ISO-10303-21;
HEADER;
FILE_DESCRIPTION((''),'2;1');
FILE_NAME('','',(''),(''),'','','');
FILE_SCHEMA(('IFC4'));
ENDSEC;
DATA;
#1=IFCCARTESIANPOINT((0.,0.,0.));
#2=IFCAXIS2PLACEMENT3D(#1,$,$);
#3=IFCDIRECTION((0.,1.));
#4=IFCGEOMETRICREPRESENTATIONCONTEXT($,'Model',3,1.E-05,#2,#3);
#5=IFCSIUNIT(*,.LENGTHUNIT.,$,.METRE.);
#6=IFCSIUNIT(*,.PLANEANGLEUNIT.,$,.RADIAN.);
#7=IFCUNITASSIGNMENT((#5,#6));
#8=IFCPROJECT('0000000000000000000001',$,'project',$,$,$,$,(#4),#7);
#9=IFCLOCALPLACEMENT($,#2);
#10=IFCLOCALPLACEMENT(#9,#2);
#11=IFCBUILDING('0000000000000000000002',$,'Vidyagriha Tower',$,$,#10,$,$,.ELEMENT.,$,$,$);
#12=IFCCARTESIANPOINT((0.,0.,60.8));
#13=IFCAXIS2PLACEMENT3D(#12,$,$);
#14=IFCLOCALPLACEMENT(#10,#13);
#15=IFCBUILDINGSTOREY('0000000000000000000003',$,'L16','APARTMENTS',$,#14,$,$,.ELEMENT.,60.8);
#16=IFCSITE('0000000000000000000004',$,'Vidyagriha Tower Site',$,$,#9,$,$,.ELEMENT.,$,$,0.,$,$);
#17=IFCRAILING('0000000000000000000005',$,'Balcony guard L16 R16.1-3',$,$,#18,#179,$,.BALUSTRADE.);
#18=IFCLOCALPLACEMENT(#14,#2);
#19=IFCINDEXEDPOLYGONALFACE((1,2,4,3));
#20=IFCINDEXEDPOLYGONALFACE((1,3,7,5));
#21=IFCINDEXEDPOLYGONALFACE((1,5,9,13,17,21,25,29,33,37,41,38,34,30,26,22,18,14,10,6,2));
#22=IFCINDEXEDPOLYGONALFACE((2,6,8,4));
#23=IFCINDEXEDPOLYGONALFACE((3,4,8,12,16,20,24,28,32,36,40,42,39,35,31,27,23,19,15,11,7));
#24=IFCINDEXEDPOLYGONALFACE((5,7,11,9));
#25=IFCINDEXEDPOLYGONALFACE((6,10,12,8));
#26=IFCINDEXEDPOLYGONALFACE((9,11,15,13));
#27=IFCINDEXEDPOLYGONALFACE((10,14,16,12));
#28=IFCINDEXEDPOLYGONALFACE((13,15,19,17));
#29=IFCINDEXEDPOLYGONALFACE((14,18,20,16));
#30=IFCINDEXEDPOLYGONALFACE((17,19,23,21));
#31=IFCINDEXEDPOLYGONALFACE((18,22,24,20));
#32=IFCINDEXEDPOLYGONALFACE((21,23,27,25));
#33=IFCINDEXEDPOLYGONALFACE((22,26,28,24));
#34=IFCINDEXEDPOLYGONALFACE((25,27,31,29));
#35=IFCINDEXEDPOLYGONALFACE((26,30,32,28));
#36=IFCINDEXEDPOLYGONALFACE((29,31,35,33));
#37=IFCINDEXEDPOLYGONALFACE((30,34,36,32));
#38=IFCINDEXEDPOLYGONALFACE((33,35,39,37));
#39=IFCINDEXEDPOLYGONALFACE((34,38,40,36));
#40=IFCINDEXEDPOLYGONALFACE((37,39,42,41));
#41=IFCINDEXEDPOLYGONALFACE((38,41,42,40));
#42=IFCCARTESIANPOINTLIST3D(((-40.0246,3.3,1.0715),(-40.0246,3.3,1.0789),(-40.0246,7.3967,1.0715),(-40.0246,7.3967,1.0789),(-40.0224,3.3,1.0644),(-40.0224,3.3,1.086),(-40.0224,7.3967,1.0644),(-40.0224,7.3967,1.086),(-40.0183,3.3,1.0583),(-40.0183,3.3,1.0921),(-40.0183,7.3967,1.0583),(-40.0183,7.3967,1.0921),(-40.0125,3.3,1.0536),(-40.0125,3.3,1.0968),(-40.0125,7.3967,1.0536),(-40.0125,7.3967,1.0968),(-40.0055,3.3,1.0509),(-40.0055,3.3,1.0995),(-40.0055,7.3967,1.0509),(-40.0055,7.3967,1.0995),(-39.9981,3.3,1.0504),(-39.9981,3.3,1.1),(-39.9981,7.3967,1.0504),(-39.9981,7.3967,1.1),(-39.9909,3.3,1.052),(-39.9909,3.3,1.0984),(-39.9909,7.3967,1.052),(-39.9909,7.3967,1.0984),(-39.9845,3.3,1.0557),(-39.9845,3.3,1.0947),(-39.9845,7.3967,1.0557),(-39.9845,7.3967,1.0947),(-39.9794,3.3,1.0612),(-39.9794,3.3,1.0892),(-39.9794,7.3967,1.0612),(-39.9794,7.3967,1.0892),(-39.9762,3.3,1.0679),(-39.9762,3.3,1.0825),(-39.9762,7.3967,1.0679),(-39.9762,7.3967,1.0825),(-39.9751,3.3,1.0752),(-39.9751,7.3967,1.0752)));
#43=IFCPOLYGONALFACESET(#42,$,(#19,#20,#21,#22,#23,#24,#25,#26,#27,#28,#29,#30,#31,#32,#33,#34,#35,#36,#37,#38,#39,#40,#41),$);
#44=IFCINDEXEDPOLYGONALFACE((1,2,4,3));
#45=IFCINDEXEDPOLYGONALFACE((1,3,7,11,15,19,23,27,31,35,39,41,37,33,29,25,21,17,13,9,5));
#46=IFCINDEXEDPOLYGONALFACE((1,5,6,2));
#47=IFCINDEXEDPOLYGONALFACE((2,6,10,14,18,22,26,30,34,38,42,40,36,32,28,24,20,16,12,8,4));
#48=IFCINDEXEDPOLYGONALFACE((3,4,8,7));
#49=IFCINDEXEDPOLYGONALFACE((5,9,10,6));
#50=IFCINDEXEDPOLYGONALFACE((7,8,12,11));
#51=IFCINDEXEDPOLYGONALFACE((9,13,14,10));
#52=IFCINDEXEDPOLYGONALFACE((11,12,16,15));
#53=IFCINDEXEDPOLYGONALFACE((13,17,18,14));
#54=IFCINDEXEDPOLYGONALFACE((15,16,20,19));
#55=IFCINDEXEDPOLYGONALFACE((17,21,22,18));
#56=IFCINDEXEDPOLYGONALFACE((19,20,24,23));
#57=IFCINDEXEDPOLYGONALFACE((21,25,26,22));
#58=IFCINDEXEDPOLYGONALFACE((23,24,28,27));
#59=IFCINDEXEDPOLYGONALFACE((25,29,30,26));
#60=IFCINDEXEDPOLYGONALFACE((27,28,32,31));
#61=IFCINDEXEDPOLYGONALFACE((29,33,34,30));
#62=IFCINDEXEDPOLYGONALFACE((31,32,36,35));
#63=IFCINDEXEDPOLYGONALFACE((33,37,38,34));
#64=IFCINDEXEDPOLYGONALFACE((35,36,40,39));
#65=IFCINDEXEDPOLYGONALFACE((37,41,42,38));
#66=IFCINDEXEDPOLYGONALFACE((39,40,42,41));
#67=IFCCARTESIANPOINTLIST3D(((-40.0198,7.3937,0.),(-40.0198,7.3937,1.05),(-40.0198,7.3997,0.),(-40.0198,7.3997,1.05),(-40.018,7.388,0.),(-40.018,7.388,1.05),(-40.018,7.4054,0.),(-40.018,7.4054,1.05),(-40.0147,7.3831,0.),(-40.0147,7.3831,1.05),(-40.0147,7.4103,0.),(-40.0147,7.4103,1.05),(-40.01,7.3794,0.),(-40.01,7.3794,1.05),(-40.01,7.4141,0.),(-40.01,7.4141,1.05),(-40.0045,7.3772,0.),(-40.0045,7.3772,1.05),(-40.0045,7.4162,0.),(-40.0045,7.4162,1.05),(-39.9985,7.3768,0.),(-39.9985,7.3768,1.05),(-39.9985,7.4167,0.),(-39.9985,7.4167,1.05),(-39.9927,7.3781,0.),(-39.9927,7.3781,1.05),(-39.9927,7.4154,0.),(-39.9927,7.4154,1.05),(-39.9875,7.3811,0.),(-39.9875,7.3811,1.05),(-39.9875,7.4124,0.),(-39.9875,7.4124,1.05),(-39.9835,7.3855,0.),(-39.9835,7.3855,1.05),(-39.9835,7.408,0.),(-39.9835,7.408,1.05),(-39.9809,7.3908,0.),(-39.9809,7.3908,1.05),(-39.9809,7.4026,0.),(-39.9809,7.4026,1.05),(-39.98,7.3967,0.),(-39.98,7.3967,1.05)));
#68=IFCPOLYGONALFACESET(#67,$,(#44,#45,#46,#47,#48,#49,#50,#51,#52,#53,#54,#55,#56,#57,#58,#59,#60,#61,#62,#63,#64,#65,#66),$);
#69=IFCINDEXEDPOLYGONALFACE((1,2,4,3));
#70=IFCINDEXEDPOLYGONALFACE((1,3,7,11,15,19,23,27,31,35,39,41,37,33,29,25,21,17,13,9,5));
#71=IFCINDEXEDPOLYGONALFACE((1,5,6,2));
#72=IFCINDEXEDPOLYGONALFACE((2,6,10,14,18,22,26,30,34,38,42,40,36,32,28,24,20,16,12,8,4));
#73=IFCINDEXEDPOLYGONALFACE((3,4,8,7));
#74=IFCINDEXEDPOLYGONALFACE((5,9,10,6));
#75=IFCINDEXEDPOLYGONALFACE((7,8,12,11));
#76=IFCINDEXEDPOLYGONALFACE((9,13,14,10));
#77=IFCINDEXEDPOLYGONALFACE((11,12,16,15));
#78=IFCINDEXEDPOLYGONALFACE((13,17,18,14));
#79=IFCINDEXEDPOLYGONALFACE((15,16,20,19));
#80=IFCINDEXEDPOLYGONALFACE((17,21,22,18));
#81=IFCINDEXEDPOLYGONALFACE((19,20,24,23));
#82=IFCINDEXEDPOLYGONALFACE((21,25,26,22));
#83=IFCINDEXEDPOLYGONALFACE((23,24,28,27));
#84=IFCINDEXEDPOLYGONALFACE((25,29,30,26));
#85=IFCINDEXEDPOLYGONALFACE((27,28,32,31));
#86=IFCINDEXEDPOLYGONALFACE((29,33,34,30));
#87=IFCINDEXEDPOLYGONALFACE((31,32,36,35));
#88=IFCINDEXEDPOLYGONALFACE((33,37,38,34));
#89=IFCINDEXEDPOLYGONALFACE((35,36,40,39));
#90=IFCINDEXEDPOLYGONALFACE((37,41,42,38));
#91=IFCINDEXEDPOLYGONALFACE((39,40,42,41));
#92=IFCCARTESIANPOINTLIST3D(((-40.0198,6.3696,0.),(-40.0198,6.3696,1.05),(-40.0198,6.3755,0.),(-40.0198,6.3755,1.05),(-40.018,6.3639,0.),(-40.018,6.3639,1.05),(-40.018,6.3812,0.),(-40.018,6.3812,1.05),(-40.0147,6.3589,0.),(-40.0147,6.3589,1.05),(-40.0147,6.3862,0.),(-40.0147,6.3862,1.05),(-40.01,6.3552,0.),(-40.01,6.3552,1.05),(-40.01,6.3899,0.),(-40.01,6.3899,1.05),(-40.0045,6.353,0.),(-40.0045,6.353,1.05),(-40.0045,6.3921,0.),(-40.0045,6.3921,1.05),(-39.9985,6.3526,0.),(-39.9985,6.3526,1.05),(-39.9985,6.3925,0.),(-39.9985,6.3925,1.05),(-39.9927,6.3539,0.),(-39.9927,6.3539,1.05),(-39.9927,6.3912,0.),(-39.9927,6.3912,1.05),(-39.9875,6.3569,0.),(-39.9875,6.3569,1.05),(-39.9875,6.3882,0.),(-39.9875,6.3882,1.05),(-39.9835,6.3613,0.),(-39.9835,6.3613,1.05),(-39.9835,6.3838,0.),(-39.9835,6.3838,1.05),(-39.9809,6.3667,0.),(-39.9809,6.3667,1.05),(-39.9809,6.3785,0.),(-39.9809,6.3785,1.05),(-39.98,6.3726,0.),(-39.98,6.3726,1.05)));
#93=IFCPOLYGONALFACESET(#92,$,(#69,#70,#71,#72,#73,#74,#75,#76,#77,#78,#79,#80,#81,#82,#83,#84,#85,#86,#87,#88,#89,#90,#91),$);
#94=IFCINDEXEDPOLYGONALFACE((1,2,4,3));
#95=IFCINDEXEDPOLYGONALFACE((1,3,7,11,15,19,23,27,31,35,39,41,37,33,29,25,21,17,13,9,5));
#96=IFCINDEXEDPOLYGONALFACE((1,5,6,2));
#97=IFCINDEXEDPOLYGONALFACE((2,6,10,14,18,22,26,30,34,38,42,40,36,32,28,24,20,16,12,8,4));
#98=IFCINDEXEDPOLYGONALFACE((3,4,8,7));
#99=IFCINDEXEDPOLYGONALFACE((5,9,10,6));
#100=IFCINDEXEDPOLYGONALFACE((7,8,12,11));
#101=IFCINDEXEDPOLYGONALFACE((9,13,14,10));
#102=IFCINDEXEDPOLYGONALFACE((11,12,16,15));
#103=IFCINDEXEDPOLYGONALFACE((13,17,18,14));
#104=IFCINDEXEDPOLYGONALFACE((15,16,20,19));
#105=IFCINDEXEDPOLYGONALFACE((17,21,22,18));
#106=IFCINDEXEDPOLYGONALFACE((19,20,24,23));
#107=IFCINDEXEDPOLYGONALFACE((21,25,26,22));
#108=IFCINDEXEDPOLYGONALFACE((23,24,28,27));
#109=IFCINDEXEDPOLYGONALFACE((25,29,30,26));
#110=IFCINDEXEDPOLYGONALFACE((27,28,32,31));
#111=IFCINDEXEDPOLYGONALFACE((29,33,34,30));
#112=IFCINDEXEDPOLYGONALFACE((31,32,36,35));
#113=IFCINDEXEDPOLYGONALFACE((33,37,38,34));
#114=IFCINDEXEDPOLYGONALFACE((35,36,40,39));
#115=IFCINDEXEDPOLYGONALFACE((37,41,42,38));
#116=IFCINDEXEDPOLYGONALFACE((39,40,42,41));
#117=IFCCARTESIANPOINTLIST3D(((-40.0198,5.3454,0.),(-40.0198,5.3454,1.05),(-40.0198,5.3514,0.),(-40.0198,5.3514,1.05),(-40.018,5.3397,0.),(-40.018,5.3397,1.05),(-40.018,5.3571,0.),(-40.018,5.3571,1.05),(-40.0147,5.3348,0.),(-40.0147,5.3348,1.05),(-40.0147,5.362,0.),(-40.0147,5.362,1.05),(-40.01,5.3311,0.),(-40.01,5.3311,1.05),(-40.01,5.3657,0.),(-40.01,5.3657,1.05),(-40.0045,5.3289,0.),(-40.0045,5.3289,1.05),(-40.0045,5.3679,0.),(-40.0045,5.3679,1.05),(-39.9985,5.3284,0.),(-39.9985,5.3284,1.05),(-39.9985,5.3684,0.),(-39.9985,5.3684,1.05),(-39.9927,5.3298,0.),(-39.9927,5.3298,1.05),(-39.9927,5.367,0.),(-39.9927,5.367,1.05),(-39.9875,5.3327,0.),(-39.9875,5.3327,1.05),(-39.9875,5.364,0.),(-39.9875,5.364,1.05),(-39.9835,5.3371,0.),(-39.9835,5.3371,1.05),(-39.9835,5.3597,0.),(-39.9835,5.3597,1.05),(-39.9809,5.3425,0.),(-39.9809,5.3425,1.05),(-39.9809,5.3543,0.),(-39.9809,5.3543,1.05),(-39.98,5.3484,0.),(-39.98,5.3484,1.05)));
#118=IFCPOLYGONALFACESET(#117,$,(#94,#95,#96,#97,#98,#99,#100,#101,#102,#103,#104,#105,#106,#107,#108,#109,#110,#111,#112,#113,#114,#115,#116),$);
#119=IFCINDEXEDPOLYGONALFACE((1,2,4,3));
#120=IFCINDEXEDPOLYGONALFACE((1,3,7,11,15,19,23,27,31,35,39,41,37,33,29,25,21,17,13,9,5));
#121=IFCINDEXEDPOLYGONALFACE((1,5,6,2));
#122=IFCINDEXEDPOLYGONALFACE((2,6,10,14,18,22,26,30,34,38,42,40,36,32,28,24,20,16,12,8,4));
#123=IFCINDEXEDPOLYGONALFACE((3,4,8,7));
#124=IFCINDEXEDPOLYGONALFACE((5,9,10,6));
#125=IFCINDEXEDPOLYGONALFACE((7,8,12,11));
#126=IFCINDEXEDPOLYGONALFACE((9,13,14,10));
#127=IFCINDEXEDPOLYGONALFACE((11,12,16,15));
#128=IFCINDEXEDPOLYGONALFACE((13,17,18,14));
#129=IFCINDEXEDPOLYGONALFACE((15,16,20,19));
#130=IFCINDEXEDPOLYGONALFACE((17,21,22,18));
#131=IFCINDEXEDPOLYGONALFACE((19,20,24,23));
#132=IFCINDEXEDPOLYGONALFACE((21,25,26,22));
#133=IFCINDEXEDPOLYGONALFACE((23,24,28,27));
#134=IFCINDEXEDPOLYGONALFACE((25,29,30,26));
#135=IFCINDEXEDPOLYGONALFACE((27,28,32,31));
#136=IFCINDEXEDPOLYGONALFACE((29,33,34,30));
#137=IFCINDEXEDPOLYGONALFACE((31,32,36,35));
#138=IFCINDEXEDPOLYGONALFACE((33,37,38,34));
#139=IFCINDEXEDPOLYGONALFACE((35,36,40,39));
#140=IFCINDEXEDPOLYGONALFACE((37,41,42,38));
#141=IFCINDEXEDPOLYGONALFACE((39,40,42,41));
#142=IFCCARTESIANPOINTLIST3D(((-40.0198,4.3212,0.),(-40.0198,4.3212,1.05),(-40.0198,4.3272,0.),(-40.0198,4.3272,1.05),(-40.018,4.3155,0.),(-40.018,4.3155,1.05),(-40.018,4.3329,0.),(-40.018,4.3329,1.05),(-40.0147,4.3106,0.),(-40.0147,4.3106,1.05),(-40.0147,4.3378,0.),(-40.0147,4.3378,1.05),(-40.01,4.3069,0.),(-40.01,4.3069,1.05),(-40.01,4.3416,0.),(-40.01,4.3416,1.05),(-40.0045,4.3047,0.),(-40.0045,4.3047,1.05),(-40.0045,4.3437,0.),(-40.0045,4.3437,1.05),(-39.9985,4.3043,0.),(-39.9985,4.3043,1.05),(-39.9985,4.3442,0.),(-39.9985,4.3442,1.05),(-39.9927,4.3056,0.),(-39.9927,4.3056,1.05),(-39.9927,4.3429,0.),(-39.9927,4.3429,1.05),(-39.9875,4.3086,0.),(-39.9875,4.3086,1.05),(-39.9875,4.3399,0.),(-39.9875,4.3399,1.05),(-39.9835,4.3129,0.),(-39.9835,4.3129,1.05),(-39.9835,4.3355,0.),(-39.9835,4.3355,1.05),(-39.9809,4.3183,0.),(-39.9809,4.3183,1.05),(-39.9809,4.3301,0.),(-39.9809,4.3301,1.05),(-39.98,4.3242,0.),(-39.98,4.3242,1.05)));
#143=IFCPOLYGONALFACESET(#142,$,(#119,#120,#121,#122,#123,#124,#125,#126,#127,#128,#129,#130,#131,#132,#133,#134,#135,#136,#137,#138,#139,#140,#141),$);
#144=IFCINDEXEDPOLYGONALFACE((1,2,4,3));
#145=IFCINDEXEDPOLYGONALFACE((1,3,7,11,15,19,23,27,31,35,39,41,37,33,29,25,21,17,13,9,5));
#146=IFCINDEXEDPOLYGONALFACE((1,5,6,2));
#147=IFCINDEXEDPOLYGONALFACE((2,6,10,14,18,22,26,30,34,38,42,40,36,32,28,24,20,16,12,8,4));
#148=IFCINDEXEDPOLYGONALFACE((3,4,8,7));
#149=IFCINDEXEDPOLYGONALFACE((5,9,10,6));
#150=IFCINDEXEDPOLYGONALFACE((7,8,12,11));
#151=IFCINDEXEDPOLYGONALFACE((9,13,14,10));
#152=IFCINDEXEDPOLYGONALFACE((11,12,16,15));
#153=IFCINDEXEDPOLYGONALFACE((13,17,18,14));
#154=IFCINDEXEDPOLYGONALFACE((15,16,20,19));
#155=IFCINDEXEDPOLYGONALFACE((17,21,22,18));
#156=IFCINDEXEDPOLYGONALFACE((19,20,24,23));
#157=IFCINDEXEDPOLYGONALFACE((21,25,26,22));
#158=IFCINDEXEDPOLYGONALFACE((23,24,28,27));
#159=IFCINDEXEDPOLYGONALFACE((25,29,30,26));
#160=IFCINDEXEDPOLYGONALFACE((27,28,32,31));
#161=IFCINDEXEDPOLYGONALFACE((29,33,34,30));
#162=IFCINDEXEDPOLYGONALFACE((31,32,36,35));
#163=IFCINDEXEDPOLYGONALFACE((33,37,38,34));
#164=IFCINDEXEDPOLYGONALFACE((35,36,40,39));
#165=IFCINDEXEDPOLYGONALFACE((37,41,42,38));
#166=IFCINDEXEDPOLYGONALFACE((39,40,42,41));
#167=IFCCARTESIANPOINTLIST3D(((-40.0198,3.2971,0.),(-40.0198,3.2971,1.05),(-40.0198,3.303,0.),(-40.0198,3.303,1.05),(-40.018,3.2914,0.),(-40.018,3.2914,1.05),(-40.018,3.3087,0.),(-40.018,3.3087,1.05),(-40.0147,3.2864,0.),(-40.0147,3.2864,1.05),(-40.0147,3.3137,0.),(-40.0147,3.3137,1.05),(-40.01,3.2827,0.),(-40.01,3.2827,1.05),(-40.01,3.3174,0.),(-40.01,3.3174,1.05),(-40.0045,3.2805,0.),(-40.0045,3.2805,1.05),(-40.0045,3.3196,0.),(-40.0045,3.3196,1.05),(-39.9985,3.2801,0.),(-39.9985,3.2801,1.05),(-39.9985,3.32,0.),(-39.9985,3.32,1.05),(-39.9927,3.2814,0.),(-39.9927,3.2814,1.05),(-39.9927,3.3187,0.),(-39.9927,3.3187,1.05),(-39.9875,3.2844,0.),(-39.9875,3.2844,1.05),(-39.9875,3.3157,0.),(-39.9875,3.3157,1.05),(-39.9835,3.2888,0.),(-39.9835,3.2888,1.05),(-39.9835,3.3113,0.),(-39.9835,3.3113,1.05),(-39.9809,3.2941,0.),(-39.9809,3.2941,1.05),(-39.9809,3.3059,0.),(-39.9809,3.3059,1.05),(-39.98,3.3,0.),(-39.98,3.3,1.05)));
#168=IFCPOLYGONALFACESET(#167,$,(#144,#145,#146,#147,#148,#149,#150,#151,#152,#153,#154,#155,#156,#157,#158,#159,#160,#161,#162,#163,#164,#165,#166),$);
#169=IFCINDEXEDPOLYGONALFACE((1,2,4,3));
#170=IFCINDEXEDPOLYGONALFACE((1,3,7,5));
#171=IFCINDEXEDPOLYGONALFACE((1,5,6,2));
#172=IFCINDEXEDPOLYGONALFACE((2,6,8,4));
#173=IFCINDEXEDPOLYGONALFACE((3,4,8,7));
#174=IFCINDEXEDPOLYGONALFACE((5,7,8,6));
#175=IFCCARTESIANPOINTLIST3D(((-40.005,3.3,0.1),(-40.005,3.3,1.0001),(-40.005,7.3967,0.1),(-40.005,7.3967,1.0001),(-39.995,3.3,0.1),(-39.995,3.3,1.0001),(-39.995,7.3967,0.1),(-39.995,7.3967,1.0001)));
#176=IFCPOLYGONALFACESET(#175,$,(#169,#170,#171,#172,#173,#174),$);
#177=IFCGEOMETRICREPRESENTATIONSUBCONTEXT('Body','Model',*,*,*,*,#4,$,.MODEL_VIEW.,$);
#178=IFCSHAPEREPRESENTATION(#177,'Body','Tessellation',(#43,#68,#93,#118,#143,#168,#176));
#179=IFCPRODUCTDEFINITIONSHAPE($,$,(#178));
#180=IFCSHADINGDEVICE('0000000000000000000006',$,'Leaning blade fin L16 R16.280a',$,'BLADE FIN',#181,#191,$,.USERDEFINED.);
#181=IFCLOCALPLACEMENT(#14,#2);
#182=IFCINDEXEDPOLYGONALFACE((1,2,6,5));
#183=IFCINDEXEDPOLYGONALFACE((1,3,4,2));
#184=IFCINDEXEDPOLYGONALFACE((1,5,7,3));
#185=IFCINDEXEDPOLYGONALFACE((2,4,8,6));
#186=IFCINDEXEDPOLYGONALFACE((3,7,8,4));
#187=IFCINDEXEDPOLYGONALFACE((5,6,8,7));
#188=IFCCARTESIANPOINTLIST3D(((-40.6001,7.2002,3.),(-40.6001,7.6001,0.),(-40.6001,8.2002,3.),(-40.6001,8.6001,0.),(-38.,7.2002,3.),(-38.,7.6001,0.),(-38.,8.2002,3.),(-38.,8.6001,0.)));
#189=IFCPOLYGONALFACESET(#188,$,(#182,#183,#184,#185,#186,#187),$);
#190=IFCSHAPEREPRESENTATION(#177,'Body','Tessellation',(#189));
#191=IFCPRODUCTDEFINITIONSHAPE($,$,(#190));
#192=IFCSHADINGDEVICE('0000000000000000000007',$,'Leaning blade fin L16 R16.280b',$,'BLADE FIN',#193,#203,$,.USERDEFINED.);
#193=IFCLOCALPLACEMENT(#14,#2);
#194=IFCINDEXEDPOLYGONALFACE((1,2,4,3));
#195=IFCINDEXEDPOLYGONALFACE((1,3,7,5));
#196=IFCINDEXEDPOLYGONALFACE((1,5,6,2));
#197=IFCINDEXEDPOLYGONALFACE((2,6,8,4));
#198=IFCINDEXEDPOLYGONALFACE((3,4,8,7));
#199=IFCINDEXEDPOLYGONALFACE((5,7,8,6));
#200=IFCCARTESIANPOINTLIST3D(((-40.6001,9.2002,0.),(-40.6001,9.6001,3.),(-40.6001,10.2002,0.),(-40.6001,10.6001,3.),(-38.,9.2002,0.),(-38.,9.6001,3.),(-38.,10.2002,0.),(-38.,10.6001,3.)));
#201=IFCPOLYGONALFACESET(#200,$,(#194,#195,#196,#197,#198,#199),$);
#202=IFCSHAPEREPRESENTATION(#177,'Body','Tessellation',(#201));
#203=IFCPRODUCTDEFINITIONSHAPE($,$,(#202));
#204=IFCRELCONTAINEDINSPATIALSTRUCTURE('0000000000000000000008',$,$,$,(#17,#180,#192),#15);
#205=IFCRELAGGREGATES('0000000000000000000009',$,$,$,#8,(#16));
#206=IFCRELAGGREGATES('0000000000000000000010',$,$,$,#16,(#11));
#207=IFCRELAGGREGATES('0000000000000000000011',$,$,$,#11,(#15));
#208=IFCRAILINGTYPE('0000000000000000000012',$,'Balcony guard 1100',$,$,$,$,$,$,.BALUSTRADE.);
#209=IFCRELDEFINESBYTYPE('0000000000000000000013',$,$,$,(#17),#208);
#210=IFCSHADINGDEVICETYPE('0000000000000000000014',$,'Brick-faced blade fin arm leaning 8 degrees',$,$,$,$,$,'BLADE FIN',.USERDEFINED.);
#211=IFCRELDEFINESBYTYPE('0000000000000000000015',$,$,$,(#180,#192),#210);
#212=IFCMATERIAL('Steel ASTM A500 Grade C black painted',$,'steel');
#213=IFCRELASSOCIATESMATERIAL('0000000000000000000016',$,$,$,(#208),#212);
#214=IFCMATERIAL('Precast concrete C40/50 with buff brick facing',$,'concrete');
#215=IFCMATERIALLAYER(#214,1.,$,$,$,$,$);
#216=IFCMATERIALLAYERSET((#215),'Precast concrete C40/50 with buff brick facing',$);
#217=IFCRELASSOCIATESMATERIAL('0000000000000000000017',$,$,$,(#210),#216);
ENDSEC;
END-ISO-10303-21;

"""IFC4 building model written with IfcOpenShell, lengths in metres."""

from ifc_helpers import new_model, si_unit, direction, frame, origin, origin_2d, place, context, subcontext, project, spatial, polyline, rectangle, circle, outline, extrude, material, layer, layer_set, type_object, element, save


model = new_model("IFC4")

# Units and contexts
model_context = context("Model", 3, precision=1e-05, world=origin(), true_north=direction((0.0, 1.0)))
body_context = subcontext(model_context, "Body", "Model", "MODEL_VIEW")
ifc_project = project(units=[si_unit("LENGTHUNIT", "METRE"), si_unit("PLANEANGLEUNIT", "RADIAN")], contexts=[model_context])

# Site, building, storey
site_placement = place(None, origin())
site = spatial("IfcSite", under=ifc_project, at=site_placement, Name="Vidyagriha Tower Site", CompositionType="ELEMENT", RefElevation=0.0)
building_placement = place(site_placement, origin())
building = spatial("IfcBuilding", under=site, at=building_placement, Name="Vidyagriha Tower", CompositionType="ELEMENT")
storey_placement = place(building_placement, frame((0.0, 0.0, 60.8)))
storey = spatial("IfcBuildingStorey", under=building, at=storey_placement, Name="L16", Description="APARTMENTS", CompositionType="ELEMENT", Elevation=60.8)

# Railing
ifc_material_1 = material(Name="Steel ASTM A500 Grade C black painted", Category="steel")
railing_type = type_object("IfcRailingType", Name="Balcony guard 1100", PredefinedType="BALUSTRADE", material=ifc_material_1)
railing_1_placement = place(storey_placement, frame((-40.0, 7.3967, 0.0)))
element("IfcRailing", 1, at=railing_1_placement, inside=storey, type_object=railing_type, Name="Balcony guard L16 R16.1-3", PredefinedType="BALUSTRADE", context=body_context, shape_type="SweptSolid", body=[
    extrude(circle(Radius=0.0249, at=origin_2d()), frame((0.0, 0.0, 1.0752), z_axis=(0.0, -1.0, 0.0), x_axis=(1.0, 0.0, 0.0)), (0.0, 0.0, 1.0), 4.0967),
    extrude(circle(Radius=0.02, at=origin_2d()), origin(), (0.0, 0.0, 1.0), 1.05),
    extrude(circle(Radius=0.02, at=origin_2d()), frame((0.0, -1.0242, 0.0)), (0.0, 0.0, 1.0), 1.05),
    extrude(circle(Radius=0.02, at=origin_2d()), frame((0.0, -2.0483, 0.0)), (0.0, 0.0, 1.0), 1.05),
    extrude(circle(Radius=0.02, at=origin_2d()), frame((0.0, -3.0725, 0.0)), (0.0, 0.0, 1.0), 1.05),
    extrude(circle(Radius=0.02, at=origin_2d()), frame((0.0, -4.0967, 0.0)), (0.0, 0.0, 1.0), 1.05),
    extrude(rectangle(XDim=0.01, YDim=0.9001, at=origin_2d()), frame((0.0, 0.0, 0.55), z_axis=(0.0, -1.0, 0.0), x_axis=(1.0, 0.0, 0.0)), (0.0, 0.0, 1.0), 4.0967),
])

# Shading devices
ifc_material_2 = material(Name="Precast concrete C40/50 with buff brick facing", Category="concrete")
ifc_layer_1 = layer(ifc_material_2, 1.0)
ifc_layer_set_1 = layer_set([ifc_layer_1], Name="Precast concrete C40/50 with buff brick facing")
shading_device_type_1 = type_object("IfcShadingDeviceType", Name="Brick-faced blade fin arm leaning 8 degrees", ElementType="BLADE FIN", PredefinedType="USERDEFINED", material=ifc_layer_set_1)
shading_device_1_placement = place(storey_placement, frame((-39.3, 8.6001, 0.0), z_axis=(0.0, 0.0, 1.0), x_axis=(0.0, -1.0, 0.0)))
element("IfcShadingDevice", 2, at=shading_device_1_placement, inside=storey, type_object=shading_device_type_1, Name="Leaning blade fin L16 R16.280a", ObjectType="BLADE FIN", PredefinedType="USERDEFINED", context=body_context, shape_type="SweptSolid", body=[
    extrude(outline(polyline([(0.0, 0.0), (1.0, 0.0), (1.3999, 3.0), (0.3999, 3.0), (0.0, 0.0)])), frame((0.0, 1.3, 0.0), z_axis=(0.0, -1.0, 0.0), x_axis=(1.0, 0.0, 0.0)), (0.0, 0.0, 1.0), 2.6001),
])
shading_device_2_placement = place(storey_placement, frame((-39.3, 10.6001, 0.0), z_axis=(0.0, 0.0, 1.0), x_axis=(0.0, -1.0, 0.0)))
element("IfcShadingDevice", 3, at=shading_device_2_placement, inside=storey, type_object=shading_device_type_1, Name="Leaning blade fin L16 R16.280b", ObjectType="BLADE FIN", PredefinedType="USERDEFINED", context=body_context, shape_type="SweptSolid", body=[
    extrude(outline(polyline([(0.3999, 0.0), (1.3999, 0.0), (1.0, 3.0), (0.0, 3.0), (0.3999, 0.0)])), frame((0.0, 1.3, 0.0), z_axis=(0.0, -1.0, 0.0), x_axis=(1.0, 0.0, 0.0)), (0.0, 0.0, 1.0), 2.6001),
])

save(model, "model.ifc")
